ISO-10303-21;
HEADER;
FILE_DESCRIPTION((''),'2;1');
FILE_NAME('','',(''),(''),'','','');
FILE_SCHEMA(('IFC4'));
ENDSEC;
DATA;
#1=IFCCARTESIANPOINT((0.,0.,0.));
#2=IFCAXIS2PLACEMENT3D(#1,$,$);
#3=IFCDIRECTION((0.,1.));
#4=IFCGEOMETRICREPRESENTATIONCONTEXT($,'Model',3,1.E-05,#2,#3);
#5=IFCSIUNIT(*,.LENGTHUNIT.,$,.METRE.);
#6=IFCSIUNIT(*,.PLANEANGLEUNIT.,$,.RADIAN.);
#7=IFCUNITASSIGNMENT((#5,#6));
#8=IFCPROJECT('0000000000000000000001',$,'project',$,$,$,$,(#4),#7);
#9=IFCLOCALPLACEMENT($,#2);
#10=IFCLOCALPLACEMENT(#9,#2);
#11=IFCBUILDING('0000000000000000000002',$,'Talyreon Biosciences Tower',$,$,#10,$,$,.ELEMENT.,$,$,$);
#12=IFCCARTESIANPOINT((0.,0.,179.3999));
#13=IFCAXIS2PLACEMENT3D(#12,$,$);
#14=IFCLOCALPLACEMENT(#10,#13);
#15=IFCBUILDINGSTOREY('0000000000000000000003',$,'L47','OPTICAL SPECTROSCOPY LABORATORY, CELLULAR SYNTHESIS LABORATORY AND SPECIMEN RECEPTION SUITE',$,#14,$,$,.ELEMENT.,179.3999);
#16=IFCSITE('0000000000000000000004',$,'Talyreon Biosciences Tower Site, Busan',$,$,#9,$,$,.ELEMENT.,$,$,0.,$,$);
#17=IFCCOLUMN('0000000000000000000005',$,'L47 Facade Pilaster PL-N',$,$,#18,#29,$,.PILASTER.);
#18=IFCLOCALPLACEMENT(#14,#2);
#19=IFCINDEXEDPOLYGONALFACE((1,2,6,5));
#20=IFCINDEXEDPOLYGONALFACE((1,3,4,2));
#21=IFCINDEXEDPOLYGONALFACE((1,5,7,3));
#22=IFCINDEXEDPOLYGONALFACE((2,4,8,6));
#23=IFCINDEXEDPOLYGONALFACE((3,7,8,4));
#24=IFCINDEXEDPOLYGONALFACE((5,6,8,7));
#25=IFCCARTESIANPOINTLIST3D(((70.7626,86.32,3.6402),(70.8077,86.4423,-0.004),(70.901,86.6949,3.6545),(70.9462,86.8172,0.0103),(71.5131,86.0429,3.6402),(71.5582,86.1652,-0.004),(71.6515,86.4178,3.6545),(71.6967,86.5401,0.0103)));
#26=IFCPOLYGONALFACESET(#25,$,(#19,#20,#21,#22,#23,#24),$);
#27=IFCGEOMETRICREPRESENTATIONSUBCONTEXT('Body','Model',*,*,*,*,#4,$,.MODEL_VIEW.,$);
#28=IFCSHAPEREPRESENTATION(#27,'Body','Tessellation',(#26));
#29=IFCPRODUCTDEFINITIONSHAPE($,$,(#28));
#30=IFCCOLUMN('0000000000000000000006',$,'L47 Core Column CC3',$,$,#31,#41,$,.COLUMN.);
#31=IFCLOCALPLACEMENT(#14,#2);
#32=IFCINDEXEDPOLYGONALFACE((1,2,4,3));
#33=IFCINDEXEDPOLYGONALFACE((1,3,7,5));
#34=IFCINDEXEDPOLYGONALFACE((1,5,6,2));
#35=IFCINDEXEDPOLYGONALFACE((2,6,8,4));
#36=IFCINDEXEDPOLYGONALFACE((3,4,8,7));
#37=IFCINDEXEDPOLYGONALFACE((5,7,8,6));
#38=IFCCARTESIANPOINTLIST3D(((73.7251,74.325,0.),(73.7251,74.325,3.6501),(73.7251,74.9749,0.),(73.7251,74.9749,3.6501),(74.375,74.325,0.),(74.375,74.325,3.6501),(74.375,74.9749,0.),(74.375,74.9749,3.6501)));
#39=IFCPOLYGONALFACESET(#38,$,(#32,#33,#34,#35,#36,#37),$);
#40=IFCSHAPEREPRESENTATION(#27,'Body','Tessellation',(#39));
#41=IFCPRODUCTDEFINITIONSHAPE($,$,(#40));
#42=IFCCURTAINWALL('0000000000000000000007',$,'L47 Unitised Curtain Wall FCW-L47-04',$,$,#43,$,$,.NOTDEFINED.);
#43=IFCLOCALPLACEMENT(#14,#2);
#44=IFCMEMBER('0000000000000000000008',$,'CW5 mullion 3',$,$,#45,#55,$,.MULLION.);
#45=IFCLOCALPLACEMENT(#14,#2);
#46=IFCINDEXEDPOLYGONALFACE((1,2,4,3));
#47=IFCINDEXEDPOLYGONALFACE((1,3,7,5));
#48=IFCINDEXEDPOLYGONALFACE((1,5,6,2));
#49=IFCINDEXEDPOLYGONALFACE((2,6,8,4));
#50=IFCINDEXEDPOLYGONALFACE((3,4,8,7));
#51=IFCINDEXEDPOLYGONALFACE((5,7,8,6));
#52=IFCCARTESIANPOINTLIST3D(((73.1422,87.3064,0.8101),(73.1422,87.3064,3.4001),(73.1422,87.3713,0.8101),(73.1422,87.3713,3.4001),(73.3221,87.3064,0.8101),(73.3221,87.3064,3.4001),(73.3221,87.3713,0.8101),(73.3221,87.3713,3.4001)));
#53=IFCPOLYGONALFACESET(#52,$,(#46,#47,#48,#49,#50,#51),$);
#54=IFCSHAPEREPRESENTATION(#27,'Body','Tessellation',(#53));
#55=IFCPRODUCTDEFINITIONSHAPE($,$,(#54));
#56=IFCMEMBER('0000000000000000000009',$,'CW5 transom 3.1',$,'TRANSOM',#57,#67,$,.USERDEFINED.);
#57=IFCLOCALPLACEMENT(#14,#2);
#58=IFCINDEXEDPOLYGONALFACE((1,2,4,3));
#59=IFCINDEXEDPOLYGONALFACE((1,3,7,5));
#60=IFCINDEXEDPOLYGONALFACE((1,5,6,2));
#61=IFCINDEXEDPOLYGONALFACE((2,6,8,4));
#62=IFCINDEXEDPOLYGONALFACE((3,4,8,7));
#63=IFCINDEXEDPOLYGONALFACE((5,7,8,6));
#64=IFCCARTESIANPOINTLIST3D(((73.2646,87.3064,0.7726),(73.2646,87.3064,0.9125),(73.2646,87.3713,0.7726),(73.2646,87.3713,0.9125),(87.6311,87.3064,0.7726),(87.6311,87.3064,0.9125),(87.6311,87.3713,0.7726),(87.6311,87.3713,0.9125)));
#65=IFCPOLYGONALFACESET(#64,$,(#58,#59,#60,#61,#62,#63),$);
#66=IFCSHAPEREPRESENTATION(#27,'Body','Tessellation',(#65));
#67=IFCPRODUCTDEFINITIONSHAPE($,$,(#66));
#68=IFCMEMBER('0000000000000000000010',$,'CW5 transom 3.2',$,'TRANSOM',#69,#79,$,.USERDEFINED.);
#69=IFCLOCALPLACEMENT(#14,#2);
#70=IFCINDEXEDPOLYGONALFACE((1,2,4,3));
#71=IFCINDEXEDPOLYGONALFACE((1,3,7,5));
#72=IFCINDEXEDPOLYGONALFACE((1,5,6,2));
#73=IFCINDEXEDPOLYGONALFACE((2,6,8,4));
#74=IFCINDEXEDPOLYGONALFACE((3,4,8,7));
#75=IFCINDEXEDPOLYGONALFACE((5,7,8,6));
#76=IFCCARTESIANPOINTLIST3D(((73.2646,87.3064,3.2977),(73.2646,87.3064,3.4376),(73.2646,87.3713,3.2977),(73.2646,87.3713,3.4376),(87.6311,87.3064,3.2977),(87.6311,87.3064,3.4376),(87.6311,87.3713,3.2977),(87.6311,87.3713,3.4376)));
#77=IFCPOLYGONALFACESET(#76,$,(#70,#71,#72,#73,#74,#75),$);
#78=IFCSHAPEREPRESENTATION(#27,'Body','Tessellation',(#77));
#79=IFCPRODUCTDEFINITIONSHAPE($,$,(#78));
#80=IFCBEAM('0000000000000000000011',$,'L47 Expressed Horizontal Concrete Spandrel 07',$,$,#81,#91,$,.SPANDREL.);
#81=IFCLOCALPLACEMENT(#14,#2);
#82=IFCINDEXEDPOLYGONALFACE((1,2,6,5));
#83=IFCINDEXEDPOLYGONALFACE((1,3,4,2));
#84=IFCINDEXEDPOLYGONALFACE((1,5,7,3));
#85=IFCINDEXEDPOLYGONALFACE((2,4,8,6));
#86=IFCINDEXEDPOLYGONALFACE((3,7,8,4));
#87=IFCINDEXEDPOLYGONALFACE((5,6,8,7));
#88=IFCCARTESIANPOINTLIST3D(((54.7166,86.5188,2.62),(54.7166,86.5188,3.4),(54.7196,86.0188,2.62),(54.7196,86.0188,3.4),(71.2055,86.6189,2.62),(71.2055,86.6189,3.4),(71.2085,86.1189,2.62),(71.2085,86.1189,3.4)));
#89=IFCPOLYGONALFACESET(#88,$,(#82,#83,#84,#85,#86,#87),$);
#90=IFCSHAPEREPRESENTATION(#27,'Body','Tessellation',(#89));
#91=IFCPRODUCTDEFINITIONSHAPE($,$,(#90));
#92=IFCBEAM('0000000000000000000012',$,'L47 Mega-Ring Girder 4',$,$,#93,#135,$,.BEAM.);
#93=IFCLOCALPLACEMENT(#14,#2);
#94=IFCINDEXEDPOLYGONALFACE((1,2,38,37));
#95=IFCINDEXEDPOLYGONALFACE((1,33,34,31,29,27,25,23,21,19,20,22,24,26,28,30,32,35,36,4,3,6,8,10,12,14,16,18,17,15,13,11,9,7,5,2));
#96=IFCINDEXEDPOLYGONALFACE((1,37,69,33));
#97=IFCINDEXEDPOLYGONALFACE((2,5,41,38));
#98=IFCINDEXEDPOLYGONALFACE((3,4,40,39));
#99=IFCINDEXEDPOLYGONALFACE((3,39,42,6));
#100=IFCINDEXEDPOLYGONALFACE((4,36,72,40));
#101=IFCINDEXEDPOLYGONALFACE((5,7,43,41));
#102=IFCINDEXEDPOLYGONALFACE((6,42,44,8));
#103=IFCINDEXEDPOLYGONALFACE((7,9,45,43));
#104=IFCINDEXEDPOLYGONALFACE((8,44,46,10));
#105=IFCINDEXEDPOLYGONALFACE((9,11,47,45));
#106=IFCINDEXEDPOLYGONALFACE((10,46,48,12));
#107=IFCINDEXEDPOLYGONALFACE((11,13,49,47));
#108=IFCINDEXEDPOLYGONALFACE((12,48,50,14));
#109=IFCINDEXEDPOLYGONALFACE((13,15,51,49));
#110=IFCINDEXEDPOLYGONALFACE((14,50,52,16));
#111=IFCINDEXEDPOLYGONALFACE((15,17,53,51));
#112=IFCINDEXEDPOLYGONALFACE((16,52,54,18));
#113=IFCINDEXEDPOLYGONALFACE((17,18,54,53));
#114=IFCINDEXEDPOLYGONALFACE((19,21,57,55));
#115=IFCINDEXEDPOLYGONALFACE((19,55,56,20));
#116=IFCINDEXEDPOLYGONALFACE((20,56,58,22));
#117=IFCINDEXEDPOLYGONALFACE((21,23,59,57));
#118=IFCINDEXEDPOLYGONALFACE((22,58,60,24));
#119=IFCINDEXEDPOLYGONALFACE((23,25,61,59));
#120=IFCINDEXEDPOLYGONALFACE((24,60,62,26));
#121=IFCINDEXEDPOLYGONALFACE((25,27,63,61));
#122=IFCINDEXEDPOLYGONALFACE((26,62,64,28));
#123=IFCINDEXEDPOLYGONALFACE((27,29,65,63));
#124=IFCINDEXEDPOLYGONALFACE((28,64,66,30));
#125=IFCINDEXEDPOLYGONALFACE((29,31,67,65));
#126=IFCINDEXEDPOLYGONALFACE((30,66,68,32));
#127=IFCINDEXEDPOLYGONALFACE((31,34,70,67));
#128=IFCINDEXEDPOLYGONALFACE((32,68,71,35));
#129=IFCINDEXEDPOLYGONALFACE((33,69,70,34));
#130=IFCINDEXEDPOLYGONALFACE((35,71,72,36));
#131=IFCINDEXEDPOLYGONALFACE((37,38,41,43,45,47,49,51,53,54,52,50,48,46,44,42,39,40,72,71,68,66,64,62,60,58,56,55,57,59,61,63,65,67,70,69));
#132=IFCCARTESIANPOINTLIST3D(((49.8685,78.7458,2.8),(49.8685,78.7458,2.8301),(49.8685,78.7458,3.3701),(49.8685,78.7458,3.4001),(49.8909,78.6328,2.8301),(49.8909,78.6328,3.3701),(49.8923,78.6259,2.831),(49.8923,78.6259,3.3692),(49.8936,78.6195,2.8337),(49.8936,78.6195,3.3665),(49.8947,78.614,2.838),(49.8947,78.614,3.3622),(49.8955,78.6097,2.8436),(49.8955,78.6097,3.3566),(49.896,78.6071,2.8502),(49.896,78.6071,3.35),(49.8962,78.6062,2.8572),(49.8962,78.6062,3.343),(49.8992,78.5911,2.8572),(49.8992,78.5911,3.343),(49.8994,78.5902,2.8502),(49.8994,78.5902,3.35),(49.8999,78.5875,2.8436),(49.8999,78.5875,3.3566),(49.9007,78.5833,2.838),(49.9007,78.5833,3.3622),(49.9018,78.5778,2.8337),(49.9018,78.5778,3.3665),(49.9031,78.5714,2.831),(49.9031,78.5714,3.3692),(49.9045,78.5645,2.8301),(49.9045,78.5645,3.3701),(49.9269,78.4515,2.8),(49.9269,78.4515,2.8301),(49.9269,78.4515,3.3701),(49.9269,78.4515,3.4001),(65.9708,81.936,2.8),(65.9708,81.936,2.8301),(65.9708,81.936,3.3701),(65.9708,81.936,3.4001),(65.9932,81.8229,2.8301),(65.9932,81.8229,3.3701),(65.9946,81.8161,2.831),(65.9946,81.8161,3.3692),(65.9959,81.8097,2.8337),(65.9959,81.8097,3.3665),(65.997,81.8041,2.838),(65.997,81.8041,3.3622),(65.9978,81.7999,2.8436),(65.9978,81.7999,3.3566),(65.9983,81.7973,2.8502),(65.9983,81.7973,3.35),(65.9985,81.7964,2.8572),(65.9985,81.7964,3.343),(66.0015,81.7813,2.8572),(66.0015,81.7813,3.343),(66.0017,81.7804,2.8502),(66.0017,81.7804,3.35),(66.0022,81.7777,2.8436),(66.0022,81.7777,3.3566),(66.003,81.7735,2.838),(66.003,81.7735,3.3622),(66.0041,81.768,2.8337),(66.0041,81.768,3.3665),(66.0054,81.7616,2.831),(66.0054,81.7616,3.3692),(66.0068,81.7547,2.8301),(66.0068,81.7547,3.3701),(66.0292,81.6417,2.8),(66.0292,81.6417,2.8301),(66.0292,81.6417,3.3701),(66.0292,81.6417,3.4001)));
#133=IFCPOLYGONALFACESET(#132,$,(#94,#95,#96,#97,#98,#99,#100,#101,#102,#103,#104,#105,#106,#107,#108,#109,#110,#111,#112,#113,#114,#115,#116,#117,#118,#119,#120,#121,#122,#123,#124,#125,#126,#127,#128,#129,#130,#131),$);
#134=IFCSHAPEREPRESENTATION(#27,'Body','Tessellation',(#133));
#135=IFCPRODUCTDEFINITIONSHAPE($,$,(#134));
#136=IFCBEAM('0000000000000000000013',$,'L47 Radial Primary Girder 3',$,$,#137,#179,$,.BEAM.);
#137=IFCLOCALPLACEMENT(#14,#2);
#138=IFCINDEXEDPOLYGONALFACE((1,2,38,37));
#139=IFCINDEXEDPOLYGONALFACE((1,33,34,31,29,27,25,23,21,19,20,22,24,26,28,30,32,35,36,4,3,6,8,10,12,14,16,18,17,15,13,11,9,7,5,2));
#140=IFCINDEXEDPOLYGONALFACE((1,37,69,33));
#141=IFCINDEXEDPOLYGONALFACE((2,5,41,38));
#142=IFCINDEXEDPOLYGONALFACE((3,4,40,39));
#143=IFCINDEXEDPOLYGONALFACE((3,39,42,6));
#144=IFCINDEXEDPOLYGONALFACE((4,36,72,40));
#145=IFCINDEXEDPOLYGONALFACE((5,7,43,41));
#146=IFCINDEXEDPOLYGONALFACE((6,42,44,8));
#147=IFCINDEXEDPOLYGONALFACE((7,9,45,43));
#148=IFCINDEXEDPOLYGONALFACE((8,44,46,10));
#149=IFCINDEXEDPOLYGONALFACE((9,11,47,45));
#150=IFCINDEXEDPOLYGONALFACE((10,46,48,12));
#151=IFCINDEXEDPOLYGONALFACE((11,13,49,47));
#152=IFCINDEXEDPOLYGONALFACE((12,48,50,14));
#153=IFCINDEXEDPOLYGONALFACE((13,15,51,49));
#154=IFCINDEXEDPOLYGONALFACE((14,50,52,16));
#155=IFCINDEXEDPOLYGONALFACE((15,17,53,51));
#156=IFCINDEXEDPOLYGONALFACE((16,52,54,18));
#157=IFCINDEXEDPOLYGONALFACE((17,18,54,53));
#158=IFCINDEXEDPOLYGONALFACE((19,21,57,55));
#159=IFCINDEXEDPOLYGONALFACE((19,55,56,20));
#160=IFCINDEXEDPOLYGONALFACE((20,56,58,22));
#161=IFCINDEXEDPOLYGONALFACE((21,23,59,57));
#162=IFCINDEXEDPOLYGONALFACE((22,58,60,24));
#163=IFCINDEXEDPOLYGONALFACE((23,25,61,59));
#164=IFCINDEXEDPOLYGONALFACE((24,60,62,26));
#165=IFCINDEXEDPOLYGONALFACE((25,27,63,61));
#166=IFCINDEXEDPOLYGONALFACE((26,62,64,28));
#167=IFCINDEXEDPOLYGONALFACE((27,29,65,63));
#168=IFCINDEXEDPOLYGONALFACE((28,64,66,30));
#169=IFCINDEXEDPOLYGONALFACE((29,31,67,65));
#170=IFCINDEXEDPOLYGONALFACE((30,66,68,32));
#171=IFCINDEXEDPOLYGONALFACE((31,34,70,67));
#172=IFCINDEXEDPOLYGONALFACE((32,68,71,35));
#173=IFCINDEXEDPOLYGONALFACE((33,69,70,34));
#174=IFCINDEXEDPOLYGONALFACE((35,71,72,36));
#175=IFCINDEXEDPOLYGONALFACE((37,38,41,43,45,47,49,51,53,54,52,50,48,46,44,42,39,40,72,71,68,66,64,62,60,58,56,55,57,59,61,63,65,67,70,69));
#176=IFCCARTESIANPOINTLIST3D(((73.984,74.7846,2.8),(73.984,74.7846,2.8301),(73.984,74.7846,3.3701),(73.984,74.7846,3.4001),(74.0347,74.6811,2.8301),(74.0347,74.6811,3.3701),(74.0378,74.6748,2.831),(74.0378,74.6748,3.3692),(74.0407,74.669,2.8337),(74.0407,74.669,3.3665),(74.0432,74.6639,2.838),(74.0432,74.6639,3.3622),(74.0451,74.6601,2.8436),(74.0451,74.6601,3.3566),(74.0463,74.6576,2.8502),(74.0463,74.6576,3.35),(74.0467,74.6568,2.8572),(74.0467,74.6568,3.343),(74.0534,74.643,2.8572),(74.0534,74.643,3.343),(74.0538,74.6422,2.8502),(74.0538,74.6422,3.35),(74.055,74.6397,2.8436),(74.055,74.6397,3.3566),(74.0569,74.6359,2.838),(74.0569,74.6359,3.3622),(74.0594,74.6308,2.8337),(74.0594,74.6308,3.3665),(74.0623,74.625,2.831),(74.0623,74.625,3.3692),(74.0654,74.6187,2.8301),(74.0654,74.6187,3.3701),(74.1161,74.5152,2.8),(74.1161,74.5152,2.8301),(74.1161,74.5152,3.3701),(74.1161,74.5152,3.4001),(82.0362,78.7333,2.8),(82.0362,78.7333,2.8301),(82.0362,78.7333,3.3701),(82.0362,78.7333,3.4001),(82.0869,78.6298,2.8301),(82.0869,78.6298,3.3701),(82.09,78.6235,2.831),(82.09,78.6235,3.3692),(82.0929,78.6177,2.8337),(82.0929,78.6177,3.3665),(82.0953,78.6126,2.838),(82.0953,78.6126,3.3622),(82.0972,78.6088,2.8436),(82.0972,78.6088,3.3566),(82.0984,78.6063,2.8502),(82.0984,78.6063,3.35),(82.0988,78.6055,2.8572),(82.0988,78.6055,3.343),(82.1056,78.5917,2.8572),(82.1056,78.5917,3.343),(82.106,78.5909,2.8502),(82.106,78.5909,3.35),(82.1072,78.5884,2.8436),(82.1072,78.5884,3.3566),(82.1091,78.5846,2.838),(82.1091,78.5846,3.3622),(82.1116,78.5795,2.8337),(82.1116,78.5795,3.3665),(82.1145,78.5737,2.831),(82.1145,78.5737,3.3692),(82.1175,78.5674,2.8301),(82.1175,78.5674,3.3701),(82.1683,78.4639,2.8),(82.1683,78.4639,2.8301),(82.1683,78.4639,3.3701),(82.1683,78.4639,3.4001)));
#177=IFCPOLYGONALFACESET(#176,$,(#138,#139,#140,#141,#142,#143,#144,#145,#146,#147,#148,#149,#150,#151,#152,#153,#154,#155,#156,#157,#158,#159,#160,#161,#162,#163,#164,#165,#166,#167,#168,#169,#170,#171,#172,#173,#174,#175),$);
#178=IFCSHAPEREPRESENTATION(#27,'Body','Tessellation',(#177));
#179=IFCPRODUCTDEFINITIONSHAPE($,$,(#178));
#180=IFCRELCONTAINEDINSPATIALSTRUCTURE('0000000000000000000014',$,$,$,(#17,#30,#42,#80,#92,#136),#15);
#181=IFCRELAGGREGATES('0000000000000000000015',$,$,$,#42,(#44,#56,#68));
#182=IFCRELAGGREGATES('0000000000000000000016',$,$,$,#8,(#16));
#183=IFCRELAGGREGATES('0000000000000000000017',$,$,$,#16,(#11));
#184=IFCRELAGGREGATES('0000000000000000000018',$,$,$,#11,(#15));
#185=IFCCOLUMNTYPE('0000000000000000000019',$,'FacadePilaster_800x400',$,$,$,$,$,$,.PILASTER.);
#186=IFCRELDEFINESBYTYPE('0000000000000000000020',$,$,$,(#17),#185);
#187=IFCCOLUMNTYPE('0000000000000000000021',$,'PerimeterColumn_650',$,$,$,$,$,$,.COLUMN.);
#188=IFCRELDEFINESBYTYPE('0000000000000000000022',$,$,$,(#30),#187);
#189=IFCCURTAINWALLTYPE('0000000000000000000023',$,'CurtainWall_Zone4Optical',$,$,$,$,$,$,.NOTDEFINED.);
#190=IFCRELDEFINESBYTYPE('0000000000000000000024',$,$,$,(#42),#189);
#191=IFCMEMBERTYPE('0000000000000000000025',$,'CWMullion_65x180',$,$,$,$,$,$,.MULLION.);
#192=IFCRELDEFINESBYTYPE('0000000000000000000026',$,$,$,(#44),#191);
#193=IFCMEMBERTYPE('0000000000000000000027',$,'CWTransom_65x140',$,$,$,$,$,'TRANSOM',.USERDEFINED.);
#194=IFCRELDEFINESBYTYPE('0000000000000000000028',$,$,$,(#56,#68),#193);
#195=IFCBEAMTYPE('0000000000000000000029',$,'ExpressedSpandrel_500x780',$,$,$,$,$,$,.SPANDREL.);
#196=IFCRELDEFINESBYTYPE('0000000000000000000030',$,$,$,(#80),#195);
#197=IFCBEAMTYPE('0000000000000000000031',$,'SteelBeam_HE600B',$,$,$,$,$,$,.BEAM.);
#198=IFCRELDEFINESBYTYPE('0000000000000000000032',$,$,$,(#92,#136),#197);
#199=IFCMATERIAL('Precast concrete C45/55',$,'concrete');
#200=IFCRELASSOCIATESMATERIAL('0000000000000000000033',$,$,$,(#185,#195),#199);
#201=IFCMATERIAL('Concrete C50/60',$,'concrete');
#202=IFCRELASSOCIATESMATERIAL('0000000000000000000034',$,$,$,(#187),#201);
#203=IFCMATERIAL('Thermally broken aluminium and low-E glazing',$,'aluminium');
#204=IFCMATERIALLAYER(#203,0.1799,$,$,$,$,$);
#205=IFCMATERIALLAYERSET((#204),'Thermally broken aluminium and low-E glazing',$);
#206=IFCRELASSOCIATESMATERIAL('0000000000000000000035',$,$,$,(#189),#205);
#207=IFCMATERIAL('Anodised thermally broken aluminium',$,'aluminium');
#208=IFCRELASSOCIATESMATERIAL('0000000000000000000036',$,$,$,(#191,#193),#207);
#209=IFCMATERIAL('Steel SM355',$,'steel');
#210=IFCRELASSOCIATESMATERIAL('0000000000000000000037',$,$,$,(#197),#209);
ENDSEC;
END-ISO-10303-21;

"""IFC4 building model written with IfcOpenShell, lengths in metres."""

from ifc_helpers import new_model, si_unit, direction, frame, origin, origin_2d, place, context, subcontext, project, spatial, rectangle, i_section, extrude, material, layer, layer_set, material_profile, profile_set, type_object, element, aggregate, save


model = new_model("IFC4")

# Units and contexts
model_context = context("Model", 3, precision=1e-05, world=origin(), true_north=direction((0.0, 1.0)))
body_context = subcontext(model_context, "Body", "Model", "MODEL_VIEW")
ifc_project = project(units=[si_unit("LENGTHUNIT", "METRE"), si_unit("PLANEANGLEUNIT", "RADIAN")], contexts=[model_context])

# Site, building, storey
site_placement = place(None, origin())
site = spatial("IfcSite", under=ifc_project, at=site_placement, Name="Talyreon Biosciences Tower Site, Busan", CompositionType="ELEMENT", RefElevation=0.0)
building_placement = place(site_placement, origin())
building = spatial("IfcBuilding", under=site, at=building_placement, Name="Talyreon Biosciences Tower", CompositionType="ELEMENT")
storey_placement = place(building_placement, frame((0.0, 0.0, 179.3999)))
storey = spatial("IfcBuildingStorey", under=building, at=storey_placement, Name="L47", Description="OPTICAL SPECTROSCOPY LABORATORY, CELLULAR SYNTHESIS LABORATORY AND SPECIMEN RECEPTION SUITE", CompositionType="ELEMENT", Elevation=179.3999)

# Columns
ifc_material_1 = material(Name="Precast concrete C45/55", Category="concrete")
ifc_material_profile_1 = material_profile(ifc_material_1, rectangle(XDim=0.8, YDim=0.3999, at=origin_2d()), Name="RC 800x400")
ifc_profile_set_1 = profile_set([ifc_material_profile_1], Name="Precast concrete C45/55")
column_type_1 = type_object("IfcColumnType", Name="FacadePilaster_800x400", PredefinedType="PILASTER", material=ifc_profile_set_1)
column_1_placement = place(storey_placement, frame((71.2522, 86.4912, 0.0032), z_axis=(-0.012387, -0.033544, 0.99936), x_axis=(-0.938087, 0.346399, 0.0)))
element("IfcColumn", 1, at=column_1_placement, inside=storey, type_object=column_type_1, Name="L47 Facade Pilaster PL-N", PredefinedType="PILASTER", context=body_context, shape_type="SweptSolid", body=[
    extrude(rectangle(XDim=0.8, YDim=0.3999, at=origin_2d()), origin(), (0.0, 0.0, 1.0), 3.6465),
])
ifc_material_2 = material(Name="Concrete C50/60", Category="concrete")
ifc_material_profile_2 = material_profile(ifc_material_2, rectangle(XDim=0.6499, YDim=0.6499, at=origin_2d()), Name="RC 650x650")
ifc_profile_set_2 = profile_set([ifc_material_profile_2], Name="Concrete C50/60")
column_type_2 = type_object("IfcColumnType", Name="PerimeterColumn_650", PredefinedType="COLUMN", material=ifc_profile_set_2)
column_2_placement = place(storey_placement, frame((74.05, 74.6499, 0.0), z_axis=(0.0, 0.0, 1.0), x_axis=(1.0, 0.0, 0.0)))
element("IfcColumn", 2, at=column_2_placement, inside=storey, type_object=column_type_2, Name="L47 Core Column CC3", PredefinedType="COLUMN", context=body_context, shape_type="SweptSolid", body=[
    extrude(rectangle(XDim=0.6499, YDim=0.6499, at=origin_2d()), origin(), (0.0, 0.0, 1.0), 3.6501),
])

# Curtain wall, members
ifc_material_3 = material(Name="Thermally broken aluminium and low-E glazing", Category="aluminium")
ifc_layer_1 = layer(ifc_material_3, 0.1799)
ifc_layer_set_1 = layer_set([ifc_layer_1], Name="Thermally broken aluminium and low-E glazing")
curtain_wall_type = type_object("IfcCurtainWallType", Name="CurtainWall_Zone4Optical", PredefinedType="NOTDEFINED", material=ifc_layer_set_1)
curtain_wall_placement = place(storey_placement, origin())
curtain_wall = element("IfcCurtainWall", 3, at=curtain_wall_placement, inside=storey, type_object=curtain_wall_type, Name="L47 Unitised Curtain Wall FCW-L47-04", PredefinedType="NOTDEFINED")
ifc_material_4 = material(Name="Anodised thermally broken aluminium", Category="aluminium")
ifc_material_profile_3 = material_profile(ifc_material_4, rectangle(XDim=0.0649, YDim=0.1799, at=origin_2d()), Name="ALUM MULLION 65x180")
ifc_profile_set_3 = profile_set([ifc_material_profile_3], Name="Anodised thermally broken aluminium")
member_type_1 = type_object("IfcMemberType", Name="CWMullion_65x180", PredefinedType="MULLION", material=ifc_profile_set_3)
member_1_placement = place(storey_placement, frame((73.2322, 87.3389, 0.8101), z_axis=(0.0, 0.0, 1.0), x_axis=(0.0, 1.0, 0.0)))
member_1 = element("IfcMember", 4, at=member_1_placement, type_object=member_type_1, Name="CW5 mullion 3", PredefinedType="MULLION", context=body_context, shape_type="SweptSolid", body=[
    extrude(rectangle(XDim=0.0649, YDim=0.1799, at=origin_2d()), origin(), (0.0, 0.0, 1.0), 2.5901),
])
ifc_material_profile_4 = material_profile(ifc_material_4, rectangle(XDim=0.0649, YDim=0.1399, at=origin_2d()), Name="ALUM TRANSOM 65x140")
ifc_profile_set_4 = profile_set([ifc_material_profile_4], Name="Anodised thermally broken aluminium")
member_type_2 = type_object("IfcMemberType", Name="CWTransom_65x140", ElementType="TRANSOM", PredefinedType="USERDEFINED", material=ifc_profile_set_4)
member_2_placement = place(storey_placement, frame((73.2646, 87.3389, 0.8425), z_axis=(1.0, 0.0, 0.0), x_axis=(0.0, 1.0, 0.0)))
member_2 = element("IfcMember", 5, at=member_2_placement, type_object=member_type_2, Name="CW5 transom 3.1", ObjectType="TRANSOM", PredefinedType="USERDEFINED", context=body_context, shape_type="SweptSolid", body=[
    extrude(rectangle(XDim=0.0649, YDim=0.1399, at=origin_2d()), origin(), (0.0, 0.0, 1.0), 14.3665),
])
member_3_placement = place(storey_placement, frame((73.2646, 87.3389, 3.3677), z_axis=(1.0, 0.0, 0.0), x_axis=(0.0, 1.0, 0.0)))
member_3 = element("IfcMember", 6, at=member_3_placement, type_object=member_type_2, Name="CW5 transom 3.2", ObjectType="TRANSOM", PredefinedType="USERDEFINED", context=body_context, shape_type="SweptSolid", body=[
    extrude(rectangle(XDim=0.0649, YDim=0.1399, at=origin_2d()), origin(), (0.0, 0.0, 1.0), 14.3665),
])

# Beams
ifc_material_profile_5 = material_profile(ifc_material_1, rectangle(XDim=0.5, YDim=0.78, at=origin_2d()), Name="RCB 500x780")
ifc_profile_set_5 = profile_set([ifc_material_profile_5], Name="Precast concrete C45/55")
beam_type_1 = type_object("IfcBeamType", Name="ExpressedSpandrel_500x780", PredefinedType="SPANDREL", material=ifc_profile_set_5)
beam_1_placement = place(storey_placement, frame((71.207, 86.3689, 3.01), z_axis=(-0.999982, -0.00607, 0.0), x_axis=(0.00607, -0.999982, 0.0)))
element("IfcBeam", 7, at=beam_1_placement, inside=storey, type_object=beam_type_1, Name="L47 Expressed Horizontal Concrete Spandrel 07", PredefinedType="SPANDREL", context=body_context, shape_type="SweptSolid", body=[
    extrude(rectangle(XDim=0.5, YDim=0.78, at=origin_2d()), origin(), (0.0, 0.0, 1.0), 16.4893),
])
ifc_material_5 = material(Name="Steel SM355", Category="steel")
ifc_material_profile_6 = material_profile(ifc_material_5, i_section(OverallWidth=0.3, OverallDepth=0.6001, WebThickness=0.0154, FlangeThickness=0.03, FilletRadius=0.0271, at=origin_2d()), Name="HE600B")
ifc_profile_set_6 = profile_set([ifc_material_profile_6], Name="Steel SM355")
beam_type_2 = type_object("IfcBeamType", Name="SteelBeam_HE600B", PredefinedType="BEAM", material=ifc_profile_set_6)
beam_2_placement = place(storey_placement, frame((66.0, 81.7888, 3.1001), z_axis=(-0.980934, -0.194343, 0.0), x_axis=(0.194343, -0.980934, 0.0)))
element("IfcBeam", 8, at=beam_2_placement, inside=storey, type_object=beam_type_2, Name="L47 Mega-Ring Girder 4", PredefinedType="BEAM", context=body_context, shape_type="SweptSolid", body=[
    extrude(i_section(OverallWidth=0.3, OverallDepth=0.6001, WebThickness=0.0154, FlangeThickness=0.03, FilletRadius=0.0271, at=origin_2d()), origin(), (0.0, 0.0, 1.0), 16.4153),
])
beam_3_placement = place(storey_placement, frame((74.05, 74.6499, 3.1001), z_axis=(0.897852, 0.440297, 0.0), x_axis=(-0.440297, 0.897852, 0.0)))
element("IfcBeam", 9, at=beam_3_placement, inside=storey, type_object=beam_type_2, Name="L47 Radial Primary Girder 3", PredefinedType="BEAM", context=body_context, shape_type="SweptSolid", body=[
    extrude(i_section(OverallWidth=0.3, OverallDepth=0.6001, WebThickness=0.0154, FlangeThickness=0.03, FilletRadius=0.0271, at=origin_2d()), origin(), (0.0, 0.0, 1.0), 8.9683),
])

aggregate(curtain_wall, [member_1, member_2, member_3])

save(model, "model.ifc")
